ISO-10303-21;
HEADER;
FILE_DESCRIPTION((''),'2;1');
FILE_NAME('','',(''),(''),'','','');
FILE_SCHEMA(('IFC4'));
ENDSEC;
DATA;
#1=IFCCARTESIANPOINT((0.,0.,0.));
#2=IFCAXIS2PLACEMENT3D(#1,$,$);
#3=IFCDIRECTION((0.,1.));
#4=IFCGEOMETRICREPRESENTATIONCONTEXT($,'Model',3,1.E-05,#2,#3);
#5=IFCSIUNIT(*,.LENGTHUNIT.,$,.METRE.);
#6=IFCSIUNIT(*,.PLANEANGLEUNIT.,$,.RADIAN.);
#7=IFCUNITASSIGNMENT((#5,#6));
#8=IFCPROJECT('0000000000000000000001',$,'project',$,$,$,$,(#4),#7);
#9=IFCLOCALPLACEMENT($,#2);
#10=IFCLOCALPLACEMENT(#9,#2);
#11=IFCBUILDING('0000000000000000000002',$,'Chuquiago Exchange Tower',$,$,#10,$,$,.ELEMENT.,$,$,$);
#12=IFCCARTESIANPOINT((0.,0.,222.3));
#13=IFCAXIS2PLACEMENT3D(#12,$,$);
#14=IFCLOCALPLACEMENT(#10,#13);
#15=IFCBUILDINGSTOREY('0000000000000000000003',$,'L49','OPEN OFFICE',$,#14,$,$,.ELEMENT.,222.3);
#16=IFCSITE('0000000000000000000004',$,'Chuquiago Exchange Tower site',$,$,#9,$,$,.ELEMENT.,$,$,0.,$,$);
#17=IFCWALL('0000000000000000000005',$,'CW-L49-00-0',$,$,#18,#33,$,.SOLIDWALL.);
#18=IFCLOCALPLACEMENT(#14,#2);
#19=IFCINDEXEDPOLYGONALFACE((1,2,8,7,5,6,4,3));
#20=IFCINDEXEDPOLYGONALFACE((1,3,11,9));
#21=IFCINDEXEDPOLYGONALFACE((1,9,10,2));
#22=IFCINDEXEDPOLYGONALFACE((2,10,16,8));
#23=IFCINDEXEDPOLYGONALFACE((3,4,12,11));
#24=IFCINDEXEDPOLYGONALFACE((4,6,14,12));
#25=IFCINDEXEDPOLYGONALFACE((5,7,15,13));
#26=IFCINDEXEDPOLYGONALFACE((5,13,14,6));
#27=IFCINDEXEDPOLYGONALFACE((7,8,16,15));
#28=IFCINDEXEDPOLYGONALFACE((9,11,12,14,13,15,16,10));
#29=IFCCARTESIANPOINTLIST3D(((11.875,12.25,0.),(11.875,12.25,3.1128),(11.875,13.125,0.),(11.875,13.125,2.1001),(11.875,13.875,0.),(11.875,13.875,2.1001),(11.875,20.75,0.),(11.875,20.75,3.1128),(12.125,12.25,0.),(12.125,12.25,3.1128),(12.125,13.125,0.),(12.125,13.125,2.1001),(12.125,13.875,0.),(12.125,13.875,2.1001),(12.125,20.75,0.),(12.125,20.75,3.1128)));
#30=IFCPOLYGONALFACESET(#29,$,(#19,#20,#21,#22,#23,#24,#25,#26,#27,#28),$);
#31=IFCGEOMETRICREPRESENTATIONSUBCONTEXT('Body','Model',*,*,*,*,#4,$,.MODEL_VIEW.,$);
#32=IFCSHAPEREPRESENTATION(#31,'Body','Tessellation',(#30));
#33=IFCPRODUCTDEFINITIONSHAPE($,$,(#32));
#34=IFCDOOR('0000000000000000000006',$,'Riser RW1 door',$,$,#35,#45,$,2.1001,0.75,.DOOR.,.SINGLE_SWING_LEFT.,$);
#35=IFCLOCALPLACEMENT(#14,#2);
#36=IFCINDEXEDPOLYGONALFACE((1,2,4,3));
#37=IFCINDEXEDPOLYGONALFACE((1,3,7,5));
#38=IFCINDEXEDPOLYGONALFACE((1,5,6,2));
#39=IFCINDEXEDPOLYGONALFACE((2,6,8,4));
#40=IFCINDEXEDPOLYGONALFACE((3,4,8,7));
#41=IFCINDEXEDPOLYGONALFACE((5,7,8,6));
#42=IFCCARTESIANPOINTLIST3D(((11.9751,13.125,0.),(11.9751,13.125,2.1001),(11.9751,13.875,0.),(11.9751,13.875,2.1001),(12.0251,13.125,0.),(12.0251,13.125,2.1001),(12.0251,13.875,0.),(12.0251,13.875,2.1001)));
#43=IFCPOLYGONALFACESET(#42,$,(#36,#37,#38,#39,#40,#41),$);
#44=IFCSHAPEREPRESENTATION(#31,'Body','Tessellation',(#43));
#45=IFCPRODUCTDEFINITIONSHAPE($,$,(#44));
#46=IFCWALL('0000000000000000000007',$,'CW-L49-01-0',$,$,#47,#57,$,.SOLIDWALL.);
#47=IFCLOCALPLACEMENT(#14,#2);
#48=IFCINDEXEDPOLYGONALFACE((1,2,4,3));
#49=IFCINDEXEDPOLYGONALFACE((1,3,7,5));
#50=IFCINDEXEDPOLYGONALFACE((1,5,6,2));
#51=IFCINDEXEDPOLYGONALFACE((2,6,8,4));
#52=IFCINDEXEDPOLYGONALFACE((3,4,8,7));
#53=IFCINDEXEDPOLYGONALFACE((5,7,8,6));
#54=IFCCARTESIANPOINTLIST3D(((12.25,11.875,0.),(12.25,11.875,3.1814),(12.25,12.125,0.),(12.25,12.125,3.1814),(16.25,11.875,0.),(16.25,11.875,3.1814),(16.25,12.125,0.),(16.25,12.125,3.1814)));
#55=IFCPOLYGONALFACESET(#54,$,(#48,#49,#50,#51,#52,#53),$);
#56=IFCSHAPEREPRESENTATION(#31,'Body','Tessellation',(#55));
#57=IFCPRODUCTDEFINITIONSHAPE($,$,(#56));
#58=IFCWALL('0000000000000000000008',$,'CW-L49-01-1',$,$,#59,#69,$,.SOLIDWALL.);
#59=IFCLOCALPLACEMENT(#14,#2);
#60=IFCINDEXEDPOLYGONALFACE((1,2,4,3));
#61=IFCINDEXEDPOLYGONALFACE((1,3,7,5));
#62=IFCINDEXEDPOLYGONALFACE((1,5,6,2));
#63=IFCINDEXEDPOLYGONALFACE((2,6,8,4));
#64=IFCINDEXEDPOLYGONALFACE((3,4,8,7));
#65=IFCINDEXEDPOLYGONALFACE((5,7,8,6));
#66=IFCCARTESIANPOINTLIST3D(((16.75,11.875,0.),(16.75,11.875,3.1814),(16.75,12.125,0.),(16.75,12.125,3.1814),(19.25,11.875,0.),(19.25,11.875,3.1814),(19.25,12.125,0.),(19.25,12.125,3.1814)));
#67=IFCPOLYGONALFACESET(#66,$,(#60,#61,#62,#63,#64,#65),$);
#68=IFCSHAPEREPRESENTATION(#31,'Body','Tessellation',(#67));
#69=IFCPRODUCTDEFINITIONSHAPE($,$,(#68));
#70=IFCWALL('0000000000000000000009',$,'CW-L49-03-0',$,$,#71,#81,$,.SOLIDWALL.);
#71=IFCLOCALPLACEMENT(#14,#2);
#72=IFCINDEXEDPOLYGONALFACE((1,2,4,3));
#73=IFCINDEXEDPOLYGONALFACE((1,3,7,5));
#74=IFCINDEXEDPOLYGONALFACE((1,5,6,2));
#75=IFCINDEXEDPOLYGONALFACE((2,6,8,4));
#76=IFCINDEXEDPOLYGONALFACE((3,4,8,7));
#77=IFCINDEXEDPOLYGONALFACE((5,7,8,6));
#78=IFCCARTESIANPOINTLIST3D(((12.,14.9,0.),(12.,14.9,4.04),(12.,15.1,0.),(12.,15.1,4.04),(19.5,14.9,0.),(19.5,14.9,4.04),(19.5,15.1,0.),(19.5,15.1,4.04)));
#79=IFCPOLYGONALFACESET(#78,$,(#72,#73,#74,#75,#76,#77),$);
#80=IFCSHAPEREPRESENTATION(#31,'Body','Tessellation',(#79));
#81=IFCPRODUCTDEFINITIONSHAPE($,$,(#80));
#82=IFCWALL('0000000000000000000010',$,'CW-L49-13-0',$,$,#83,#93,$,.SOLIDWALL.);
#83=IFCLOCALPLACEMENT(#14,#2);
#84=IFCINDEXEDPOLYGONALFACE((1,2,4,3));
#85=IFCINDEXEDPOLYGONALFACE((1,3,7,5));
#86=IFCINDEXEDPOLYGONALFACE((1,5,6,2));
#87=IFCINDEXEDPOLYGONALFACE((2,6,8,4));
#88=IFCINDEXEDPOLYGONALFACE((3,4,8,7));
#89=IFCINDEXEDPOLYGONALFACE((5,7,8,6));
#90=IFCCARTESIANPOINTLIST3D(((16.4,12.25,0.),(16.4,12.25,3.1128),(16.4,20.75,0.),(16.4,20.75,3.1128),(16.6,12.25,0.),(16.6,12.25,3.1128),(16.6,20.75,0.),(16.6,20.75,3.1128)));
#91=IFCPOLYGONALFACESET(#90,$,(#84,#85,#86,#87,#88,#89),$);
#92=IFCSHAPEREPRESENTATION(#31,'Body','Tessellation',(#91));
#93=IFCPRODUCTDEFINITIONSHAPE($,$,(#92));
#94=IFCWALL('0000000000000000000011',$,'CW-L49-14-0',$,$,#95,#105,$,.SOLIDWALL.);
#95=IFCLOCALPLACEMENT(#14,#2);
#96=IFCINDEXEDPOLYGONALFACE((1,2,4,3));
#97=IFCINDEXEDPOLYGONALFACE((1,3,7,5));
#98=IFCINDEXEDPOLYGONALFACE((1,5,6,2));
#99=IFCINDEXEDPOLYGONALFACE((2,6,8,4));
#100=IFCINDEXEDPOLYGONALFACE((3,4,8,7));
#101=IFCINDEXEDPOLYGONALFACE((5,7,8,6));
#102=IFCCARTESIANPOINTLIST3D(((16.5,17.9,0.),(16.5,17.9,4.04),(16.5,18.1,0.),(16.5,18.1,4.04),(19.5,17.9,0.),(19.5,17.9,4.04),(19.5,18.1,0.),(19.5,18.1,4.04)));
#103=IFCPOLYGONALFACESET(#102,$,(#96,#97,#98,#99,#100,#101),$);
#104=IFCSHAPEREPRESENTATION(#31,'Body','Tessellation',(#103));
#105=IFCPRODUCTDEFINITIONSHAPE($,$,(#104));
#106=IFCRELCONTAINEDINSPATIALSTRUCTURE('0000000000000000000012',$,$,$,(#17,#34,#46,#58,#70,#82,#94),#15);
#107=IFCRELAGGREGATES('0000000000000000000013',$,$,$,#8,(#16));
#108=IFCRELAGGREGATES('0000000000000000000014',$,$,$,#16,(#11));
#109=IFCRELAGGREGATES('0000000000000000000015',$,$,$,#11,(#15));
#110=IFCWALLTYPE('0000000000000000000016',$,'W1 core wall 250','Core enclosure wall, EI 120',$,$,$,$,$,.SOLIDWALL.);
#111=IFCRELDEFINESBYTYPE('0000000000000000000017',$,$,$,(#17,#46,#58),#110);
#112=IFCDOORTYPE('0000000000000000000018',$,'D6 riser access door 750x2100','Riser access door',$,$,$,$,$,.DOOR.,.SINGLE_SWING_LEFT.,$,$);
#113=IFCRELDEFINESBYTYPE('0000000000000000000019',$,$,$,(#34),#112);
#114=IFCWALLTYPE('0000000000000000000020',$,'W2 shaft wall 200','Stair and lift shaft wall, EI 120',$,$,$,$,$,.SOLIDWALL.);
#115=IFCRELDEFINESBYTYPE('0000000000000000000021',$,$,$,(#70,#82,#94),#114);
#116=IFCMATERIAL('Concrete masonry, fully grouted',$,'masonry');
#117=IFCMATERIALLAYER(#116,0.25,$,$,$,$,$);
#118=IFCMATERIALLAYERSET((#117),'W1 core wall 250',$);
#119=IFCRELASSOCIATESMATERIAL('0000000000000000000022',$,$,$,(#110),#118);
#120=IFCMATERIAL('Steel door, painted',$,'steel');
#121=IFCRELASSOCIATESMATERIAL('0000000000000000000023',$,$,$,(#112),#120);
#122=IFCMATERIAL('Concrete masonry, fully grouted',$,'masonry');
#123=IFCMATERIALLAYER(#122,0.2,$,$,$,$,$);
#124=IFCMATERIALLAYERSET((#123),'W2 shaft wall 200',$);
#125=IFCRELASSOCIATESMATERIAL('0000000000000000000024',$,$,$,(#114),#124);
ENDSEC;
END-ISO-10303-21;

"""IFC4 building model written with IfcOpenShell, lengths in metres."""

from ifc_helpers import new_model, si_unit, direction, frame, frame_2d, origin, place, context, subcontext, project, spatial, rectangle, extrude, material, layer, layer_set, type_object, element, fill, save


model = new_model("IFC4")

# Units and contexts
model_context = context("Model", 3, precision=1e-05, world=origin(), true_north=direction((0.0, 1.0)))
body_context = subcontext(model_context, "Body", "Model", "MODEL_VIEW")
ifc_project = project(units=[si_unit("LENGTHUNIT", "METRE"), si_unit("PLANEANGLEUNIT", "RADIAN")], contexts=[model_context])

# Site, building, storey
site_placement = place(None, origin())
site = spatial("IfcSite", under=ifc_project, at=site_placement, Name="Chuquiago Exchange Tower site", CompositionType="ELEMENT", RefElevation=0.0)
building_placement = place(site_placement, origin())
building = spatial("IfcBuilding", under=site, at=building_placement, Name="Chuquiago Exchange Tower", CompositionType="ELEMENT")
storey_placement = place(building_placement, frame((0.0, 0.0, 222.3)))
storey = spatial("IfcBuildingStorey", under=building, at=storey_placement, Name="L49", Description="OPEN OFFICE", CompositionType="ELEMENT", Elevation=222.3)

# Wall, opening, door
ifc_material_1 = material(Name="Concrete masonry, fully grouted", Category="masonry")
ifc_layer_1 = layer(ifc_material_1, 0.25)
ifc_layer_set_1 = layer_set([ifc_layer_1], Name="W1 core wall 250")
wall_type_1 = type_object("IfcWallType", Name="W1 core wall 250", Description="Core enclosure wall, EI 120", PredefinedType="SOLIDWALL", material=ifc_layer_set_1)
wall_1_placement = place(storey_placement, frame((12.0, 12.25, 0.0), z_axis=(0.0, 0.0, 1.0), x_axis=(0.0, 1.0, 0.0)))
wall_1 = element("IfcWall", 1, at=wall_1_placement, inside=storey, type_object=wall_type_1, Name="CW-L49-00-0", PredefinedType="SOLIDWALL", context=body_context, shape_type="SweptSolid", body=[
    extrude(rectangle(XDim=8.5, YDim=0.25, at=frame_2d((4.25, 0.0))), origin(), (0.0, 0.0, 1.0), 3.1128),
])
opening_placement = place(wall_1_placement, frame((0.875, 0.0, 0.0)))
opening = element("IfcOpeningElement", 2, at=opening_placement, cuts=wall_1, PredefinedType="OPENING", context=body_context, shape_type="SweptSolid", body=[
    extrude(rectangle(XDim=0.75, YDim=2.1001, at=frame_2d((0.375, 1.05))), frame((0.0, 0.135, 0.0), z_axis=(0.0, -1.0, 0.0), x_axis=(1.0, 0.0, 0.0)), (0.0, 0.0, 1.0), 0.27),
])
ifc_material_2 = material(Name="Steel door, painted", Category="steel")
door_type = type_object("IfcDoorType", Name="D6 riser access door 750x2100", Description="Riser access door", OperationType="SINGLE_SWING_LEFT", PredefinedType="DOOR", material=ifc_material_2)
door_placement = place(opening_placement, origin())
door = element("IfcDoor", 3, at=door_placement, inside=storey, type_object=door_type, Name="Riser RW1 door", OperationType="SINGLE_SWING_LEFT", OverallHeight=2.1001, OverallWidth=0.75, PredefinedType="DOOR", context=body_context, shape_type="SweptSolid", body=[
    extrude(rectangle(XDim=0.75, YDim=2.1001, at=frame_2d((0.375, 1.05))), frame((0.0, 0.0249, 0.0), z_axis=(0.0, -1.0, 0.0), x_axis=(1.0, 0.0, 0.0)), (0.0, 0.0, 1.0), 0.05),
])
fill(opening, door)

# Walls
wall_2_placement = place(storey_placement, frame((12.25, 12.0, 0.0), z_axis=(0.0, 0.0, 1.0), x_axis=(1.0, 0.0, 0.0)))
element("IfcWall", 4, at=wall_2_placement, inside=storey, type_object=wall_type_1, Name="CW-L49-01-0", PredefinedType="SOLIDWALL", context=body_context, shape_type="SweptSolid", body=[
    extrude(rectangle(XDim=4.0, YDim=0.25, at=frame_2d((2.0, 0.0))), origin(), (0.0, 0.0, 1.0), 3.1814),
])
wall_3_placement = place(storey_placement, frame((16.75, 12.0, 0.0), z_axis=(0.0, 0.0, 1.0), x_axis=(1.0, 0.0, 0.0)))
element("IfcWall", 5, at=wall_3_placement, inside=storey, type_object=wall_type_1, Name="CW-L49-01-1", PredefinedType="SOLIDWALL", context=body_context, shape_type="SweptSolid", body=[
    extrude(rectangle(XDim=2.5, YDim=0.25, at=frame_2d((1.25, 0.0))), origin(), (0.0, 0.0, 1.0), 3.1814),
])
ifc_material_3 = material(Name="Concrete masonry, fully grouted", Category="masonry")
ifc_layer_2 = layer(ifc_material_3, 0.2)
ifc_layer_set_2 = layer_set([ifc_layer_2], Name="W2 shaft wall 200")
wall_type_2 = type_object("IfcWallType", Name="W2 shaft wall 200", Description="Stair and lift shaft wall, EI 120", PredefinedType="SOLIDWALL", material=ifc_layer_set_2)
wall_4_placement = place(storey_placement, frame((12.0, 15.0, 0.0), z_axis=(0.0, 0.0, 1.0), x_axis=(1.0, 0.0, 0.0)))
element("IfcWall", 6, at=wall_4_placement, inside=storey, type_object=wall_type_2, Name="CW-L49-03-0", PredefinedType="SOLIDWALL", context=body_context, shape_type="SweptSolid", body=[
    extrude(rectangle(XDim=7.5, YDim=0.2, at=frame_2d((3.75, 0.0))), origin(), (0.0, 0.0, 1.0), 4.04),
])
wall_5_placement = place(storey_placement, frame((16.5, 12.25, 0.0), z_axis=(0.0, 0.0, 1.0), x_axis=(0.0, 1.0, 0.0)))
element("IfcWall", 7, at=wall_5_placement, inside=storey, type_object=wall_type_2, Name="CW-L49-13-0", PredefinedType="SOLIDWALL", context=body_context, shape_type="SweptSolid", body=[
    extrude(rectangle(XDim=8.5, YDim=0.2, at=frame_2d((4.25, 0.0))), origin(), (0.0, 0.0, 1.0), 3.1128),
])
wall_6_placement = place(storey_placement, frame((16.5, 18.0, 0.0), z_axis=(0.0, 0.0, 1.0), x_axis=(1.0, 0.0, 0.0)))
element("IfcWall", 8, at=wall_6_placement, inside=storey, type_object=wall_type_2, Name="CW-L49-14-0", PredefinedType="SOLIDWALL", context=body_context, shape_type="SweptSolid", body=[
    extrude(rectangle(XDim=3.0, YDim=0.2, at=frame_2d((1.5, 0.0))), origin(), (0.0, 0.0, 1.0), 4.04),
])

save(model, "model.ifc")
